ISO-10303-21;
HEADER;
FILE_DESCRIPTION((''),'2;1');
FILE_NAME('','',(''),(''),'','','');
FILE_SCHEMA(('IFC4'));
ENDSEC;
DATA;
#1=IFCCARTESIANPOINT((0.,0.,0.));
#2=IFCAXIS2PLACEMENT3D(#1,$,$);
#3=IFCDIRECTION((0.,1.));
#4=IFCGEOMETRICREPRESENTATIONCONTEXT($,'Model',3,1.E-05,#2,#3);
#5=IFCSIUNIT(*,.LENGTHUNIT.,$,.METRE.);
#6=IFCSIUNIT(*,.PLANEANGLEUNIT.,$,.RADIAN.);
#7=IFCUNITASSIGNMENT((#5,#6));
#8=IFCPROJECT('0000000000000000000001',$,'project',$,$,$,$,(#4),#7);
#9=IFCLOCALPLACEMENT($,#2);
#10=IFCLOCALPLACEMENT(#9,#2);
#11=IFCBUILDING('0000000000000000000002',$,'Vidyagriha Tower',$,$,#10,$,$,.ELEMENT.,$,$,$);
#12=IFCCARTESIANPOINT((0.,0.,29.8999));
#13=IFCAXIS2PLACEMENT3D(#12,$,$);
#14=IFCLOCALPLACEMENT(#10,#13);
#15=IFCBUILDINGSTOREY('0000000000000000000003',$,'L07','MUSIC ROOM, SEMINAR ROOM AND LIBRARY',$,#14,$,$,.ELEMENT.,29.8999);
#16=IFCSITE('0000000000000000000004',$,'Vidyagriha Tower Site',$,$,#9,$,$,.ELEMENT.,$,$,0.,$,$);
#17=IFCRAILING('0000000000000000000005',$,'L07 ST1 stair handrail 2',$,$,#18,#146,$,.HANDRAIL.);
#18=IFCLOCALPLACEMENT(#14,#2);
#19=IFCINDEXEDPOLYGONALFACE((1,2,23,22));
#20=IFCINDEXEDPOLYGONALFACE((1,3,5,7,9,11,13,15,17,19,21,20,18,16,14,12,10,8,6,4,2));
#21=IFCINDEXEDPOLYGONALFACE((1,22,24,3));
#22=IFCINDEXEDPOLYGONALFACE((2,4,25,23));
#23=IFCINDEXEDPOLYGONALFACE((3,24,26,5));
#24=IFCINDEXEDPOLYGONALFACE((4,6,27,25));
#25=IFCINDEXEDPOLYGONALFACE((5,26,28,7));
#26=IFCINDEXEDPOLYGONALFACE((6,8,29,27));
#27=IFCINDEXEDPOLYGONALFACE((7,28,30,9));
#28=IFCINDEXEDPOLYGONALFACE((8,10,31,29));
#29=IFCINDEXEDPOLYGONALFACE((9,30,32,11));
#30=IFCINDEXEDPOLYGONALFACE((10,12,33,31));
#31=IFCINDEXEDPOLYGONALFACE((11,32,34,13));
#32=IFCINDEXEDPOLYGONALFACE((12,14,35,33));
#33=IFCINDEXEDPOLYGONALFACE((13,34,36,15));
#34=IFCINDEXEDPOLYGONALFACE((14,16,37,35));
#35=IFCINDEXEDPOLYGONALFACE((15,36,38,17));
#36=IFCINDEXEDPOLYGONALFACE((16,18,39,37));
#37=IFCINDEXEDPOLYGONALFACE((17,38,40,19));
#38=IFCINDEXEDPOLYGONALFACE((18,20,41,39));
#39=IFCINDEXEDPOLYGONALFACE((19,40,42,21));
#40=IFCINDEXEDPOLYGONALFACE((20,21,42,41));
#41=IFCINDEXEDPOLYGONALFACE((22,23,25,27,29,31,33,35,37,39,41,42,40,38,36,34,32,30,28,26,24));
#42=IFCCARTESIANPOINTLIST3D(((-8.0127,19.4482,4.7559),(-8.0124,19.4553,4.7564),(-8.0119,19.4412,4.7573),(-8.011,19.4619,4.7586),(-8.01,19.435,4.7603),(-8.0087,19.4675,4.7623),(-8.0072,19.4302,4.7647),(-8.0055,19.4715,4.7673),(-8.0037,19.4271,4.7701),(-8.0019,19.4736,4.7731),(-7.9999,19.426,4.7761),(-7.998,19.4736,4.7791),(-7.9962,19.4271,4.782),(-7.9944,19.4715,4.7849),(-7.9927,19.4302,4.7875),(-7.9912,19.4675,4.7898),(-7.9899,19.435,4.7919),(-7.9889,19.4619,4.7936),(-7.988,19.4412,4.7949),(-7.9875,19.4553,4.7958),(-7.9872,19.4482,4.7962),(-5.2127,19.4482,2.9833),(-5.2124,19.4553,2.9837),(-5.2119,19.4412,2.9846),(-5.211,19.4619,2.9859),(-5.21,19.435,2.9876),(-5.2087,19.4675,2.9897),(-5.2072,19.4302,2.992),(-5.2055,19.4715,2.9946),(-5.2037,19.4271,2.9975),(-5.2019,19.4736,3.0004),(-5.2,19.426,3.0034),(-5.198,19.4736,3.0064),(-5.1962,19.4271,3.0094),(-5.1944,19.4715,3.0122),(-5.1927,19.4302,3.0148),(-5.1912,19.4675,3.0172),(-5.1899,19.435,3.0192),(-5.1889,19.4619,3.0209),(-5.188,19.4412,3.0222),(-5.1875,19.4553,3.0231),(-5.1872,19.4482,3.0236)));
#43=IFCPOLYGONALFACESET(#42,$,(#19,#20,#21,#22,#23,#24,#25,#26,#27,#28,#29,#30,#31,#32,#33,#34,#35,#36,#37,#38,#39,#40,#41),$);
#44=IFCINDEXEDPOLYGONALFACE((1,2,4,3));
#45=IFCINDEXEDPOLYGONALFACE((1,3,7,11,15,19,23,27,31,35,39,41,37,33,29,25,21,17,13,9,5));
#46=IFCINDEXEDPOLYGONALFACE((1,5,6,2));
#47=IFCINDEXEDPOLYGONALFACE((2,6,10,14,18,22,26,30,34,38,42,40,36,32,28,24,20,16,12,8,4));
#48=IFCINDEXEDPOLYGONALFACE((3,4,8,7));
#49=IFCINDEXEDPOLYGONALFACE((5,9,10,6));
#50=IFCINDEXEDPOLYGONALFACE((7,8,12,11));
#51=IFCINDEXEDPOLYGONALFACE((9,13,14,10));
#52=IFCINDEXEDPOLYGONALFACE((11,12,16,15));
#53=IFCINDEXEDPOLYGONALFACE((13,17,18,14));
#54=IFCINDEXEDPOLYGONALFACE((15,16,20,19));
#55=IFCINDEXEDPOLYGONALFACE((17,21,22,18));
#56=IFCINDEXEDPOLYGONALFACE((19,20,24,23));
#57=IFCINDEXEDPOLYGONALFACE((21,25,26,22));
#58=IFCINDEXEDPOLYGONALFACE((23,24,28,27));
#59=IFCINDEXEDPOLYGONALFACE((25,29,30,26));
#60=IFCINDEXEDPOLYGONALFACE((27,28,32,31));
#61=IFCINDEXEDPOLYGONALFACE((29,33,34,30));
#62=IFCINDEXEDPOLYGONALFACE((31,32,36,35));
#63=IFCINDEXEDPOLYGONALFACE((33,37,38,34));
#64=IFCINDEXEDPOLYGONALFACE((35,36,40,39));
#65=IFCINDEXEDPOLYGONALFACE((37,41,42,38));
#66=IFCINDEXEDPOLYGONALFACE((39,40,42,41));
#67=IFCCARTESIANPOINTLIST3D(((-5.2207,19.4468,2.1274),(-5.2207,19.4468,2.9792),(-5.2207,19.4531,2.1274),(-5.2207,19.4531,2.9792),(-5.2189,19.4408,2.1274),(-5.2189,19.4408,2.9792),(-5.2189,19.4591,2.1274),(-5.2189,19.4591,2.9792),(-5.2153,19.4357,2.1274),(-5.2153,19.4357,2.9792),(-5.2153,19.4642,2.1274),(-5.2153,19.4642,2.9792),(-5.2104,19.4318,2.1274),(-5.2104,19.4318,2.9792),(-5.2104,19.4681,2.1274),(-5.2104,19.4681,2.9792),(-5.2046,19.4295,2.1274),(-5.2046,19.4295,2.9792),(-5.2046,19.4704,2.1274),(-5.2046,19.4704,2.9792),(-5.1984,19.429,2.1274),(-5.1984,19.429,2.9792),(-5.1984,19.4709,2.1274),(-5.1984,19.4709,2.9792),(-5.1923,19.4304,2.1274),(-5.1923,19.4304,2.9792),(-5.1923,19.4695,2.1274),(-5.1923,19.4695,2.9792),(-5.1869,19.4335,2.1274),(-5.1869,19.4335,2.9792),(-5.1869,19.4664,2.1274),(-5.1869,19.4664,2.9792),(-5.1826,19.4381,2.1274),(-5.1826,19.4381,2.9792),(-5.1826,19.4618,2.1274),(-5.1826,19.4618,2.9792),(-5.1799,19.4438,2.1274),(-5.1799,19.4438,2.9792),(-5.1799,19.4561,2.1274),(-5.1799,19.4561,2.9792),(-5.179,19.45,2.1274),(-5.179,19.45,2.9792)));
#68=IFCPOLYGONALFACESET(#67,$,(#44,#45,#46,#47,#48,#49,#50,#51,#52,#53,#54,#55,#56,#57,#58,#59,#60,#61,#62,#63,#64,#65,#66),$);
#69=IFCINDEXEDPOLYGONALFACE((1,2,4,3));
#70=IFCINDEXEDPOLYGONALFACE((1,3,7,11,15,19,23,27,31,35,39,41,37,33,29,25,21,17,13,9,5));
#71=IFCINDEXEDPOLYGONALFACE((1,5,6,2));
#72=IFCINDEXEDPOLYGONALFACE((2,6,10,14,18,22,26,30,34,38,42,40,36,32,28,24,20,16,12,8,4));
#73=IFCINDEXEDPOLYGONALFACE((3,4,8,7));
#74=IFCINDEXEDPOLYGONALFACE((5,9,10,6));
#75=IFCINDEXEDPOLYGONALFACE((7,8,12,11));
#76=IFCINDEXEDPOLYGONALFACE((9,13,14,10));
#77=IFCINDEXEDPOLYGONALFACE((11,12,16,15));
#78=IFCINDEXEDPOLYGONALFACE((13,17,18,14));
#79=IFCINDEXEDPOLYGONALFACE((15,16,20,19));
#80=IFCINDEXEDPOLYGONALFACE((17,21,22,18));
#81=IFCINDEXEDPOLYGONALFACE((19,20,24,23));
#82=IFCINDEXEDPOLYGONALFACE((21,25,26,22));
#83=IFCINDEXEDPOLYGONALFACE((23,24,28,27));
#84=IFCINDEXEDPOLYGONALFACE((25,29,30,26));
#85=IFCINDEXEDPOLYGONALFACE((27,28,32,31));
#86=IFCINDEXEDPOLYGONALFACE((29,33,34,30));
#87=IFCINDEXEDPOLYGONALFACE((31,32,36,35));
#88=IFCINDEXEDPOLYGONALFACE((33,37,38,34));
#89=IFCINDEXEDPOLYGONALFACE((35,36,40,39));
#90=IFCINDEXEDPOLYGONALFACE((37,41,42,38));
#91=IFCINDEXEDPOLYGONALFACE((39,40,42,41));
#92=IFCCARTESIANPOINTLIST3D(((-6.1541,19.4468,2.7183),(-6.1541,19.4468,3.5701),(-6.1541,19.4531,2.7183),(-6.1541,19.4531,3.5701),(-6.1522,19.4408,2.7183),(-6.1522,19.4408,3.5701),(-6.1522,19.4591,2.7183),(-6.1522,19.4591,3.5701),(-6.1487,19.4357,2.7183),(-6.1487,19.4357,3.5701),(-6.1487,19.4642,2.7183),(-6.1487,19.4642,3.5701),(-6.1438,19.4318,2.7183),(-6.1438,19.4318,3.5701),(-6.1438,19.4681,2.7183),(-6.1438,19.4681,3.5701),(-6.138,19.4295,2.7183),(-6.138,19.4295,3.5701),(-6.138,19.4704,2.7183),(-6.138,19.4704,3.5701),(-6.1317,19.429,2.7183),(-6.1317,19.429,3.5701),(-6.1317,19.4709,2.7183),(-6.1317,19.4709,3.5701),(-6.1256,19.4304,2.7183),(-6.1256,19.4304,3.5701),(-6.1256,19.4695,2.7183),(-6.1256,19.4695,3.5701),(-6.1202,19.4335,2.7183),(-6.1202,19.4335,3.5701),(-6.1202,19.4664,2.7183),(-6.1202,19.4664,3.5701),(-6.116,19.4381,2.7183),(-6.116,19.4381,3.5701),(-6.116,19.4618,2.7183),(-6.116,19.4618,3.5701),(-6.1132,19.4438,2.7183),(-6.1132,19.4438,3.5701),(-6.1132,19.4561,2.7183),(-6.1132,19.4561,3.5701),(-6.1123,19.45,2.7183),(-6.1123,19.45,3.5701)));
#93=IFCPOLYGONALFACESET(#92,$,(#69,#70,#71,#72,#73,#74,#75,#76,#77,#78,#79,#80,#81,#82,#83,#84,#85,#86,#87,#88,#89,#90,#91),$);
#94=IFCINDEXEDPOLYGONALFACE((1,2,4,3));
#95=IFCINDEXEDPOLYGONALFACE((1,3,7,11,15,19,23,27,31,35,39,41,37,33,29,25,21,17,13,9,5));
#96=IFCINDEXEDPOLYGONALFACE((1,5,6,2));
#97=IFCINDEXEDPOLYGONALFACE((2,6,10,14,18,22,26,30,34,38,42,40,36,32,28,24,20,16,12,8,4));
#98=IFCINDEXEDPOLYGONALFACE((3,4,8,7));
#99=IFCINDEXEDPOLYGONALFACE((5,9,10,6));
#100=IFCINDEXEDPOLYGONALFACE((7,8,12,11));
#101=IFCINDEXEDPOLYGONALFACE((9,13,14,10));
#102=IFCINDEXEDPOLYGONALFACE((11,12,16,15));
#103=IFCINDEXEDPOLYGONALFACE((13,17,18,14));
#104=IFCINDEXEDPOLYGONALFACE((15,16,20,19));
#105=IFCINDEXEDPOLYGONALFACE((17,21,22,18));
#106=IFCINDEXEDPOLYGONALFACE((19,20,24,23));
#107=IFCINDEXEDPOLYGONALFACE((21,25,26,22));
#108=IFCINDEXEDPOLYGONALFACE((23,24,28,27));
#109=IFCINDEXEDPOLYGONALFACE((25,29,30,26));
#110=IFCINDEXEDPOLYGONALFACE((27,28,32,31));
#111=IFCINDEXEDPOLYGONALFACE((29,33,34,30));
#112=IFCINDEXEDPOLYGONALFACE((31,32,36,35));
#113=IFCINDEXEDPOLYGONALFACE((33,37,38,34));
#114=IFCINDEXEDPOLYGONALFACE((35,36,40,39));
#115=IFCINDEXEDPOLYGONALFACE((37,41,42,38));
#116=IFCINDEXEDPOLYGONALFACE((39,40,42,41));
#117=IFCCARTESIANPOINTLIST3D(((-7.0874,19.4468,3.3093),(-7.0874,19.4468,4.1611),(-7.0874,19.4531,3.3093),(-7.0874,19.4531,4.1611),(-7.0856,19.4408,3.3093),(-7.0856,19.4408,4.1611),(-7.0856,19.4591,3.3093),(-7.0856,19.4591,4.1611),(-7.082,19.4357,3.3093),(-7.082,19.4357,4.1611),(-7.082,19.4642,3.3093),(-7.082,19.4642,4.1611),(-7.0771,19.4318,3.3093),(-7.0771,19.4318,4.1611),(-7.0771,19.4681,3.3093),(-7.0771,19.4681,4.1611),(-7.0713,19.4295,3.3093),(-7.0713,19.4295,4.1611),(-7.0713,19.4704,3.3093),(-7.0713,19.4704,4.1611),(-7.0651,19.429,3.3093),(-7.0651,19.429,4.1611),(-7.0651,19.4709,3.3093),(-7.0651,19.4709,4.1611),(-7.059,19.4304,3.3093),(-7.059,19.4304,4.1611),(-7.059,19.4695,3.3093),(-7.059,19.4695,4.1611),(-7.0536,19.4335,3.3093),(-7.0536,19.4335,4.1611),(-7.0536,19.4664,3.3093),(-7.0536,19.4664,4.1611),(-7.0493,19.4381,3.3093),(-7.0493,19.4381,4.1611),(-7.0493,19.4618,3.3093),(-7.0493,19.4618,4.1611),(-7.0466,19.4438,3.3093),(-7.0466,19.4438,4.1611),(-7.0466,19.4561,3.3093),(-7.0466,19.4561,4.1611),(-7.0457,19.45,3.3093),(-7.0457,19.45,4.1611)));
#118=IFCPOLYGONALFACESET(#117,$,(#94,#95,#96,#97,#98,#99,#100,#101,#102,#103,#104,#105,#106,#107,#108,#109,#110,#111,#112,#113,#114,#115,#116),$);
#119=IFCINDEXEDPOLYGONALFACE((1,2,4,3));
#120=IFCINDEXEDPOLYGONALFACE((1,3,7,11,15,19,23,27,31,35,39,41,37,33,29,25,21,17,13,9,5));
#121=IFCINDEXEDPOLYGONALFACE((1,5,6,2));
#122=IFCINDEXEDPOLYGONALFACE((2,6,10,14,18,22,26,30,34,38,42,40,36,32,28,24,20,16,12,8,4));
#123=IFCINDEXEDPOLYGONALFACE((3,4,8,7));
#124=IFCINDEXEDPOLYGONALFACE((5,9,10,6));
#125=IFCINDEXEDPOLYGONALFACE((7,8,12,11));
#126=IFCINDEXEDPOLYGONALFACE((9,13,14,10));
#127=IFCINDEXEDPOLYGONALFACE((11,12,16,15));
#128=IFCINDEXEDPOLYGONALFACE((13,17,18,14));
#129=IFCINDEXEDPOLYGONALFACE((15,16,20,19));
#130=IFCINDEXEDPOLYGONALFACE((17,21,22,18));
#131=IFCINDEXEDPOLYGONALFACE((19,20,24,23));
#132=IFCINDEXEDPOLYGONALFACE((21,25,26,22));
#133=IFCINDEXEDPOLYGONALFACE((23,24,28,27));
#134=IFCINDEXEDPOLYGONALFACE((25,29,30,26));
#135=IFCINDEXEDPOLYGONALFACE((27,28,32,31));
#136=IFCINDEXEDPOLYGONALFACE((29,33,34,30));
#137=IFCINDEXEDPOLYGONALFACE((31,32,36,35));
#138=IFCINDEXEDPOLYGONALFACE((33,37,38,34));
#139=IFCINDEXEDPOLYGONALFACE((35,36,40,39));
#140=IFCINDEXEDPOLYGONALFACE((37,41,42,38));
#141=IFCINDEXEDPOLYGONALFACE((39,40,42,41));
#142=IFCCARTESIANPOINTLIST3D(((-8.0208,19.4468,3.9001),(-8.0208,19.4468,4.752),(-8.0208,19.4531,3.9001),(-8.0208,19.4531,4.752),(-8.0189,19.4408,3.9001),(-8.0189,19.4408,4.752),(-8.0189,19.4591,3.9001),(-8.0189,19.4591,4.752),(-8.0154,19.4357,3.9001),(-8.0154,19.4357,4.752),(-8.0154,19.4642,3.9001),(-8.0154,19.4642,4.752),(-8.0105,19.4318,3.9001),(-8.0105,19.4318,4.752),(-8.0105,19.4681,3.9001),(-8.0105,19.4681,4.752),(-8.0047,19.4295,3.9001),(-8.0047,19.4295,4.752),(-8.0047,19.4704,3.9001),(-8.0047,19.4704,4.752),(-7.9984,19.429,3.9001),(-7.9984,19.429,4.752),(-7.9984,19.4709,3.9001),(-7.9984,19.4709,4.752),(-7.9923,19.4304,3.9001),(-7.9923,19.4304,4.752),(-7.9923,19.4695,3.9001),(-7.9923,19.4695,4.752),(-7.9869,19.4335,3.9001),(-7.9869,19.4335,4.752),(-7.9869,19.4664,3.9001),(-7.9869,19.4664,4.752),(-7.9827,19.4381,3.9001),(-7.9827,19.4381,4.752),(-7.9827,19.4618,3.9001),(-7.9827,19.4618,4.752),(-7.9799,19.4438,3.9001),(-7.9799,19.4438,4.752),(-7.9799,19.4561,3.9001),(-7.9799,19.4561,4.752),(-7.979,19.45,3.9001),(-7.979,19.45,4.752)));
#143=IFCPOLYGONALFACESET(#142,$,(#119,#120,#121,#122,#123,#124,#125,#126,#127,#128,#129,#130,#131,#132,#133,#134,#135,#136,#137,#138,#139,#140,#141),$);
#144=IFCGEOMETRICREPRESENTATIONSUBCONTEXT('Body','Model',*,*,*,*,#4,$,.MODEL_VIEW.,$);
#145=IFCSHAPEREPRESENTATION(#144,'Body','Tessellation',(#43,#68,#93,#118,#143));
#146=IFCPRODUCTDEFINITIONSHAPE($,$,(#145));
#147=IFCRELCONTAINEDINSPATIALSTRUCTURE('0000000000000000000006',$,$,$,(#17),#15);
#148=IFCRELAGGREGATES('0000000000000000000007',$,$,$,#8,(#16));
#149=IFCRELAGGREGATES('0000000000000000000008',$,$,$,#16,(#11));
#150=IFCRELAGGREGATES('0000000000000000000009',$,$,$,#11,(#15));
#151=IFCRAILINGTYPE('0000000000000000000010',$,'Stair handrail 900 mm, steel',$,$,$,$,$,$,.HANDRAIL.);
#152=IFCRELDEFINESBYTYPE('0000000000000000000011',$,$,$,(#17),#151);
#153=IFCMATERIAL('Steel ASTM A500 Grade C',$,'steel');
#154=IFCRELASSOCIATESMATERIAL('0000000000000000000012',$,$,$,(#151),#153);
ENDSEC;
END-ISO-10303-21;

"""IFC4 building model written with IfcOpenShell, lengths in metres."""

from ifc_helpers import new_model, si_unit, direction, frame, origin, origin_2d, place, context, subcontext, project, spatial, circle, extrude, material, type_object, element, save


model = new_model("IFC4")

# Units and contexts
model_context = context("Model", 3, precision=1e-05, world=origin(), true_north=direction((0.0, 1.0)))
body_context = subcontext(model_context, "Body", "Model", "MODEL_VIEW")
ifc_project = project(units=[si_unit("LENGTHUNIT", "METRE"), si_unit("PLANEANGLEUNIT", "RADIAN")], contexts=[model_context])

# Site, building, storey
site_placement = place(None, origin())
site = spatial("IfcSite", under=ifc_project, at=site_placement, Name="Vidyagriha Tower Site", CompositionType="ELEMENT", RefElevation=0.0)
building_placement = place(site_placement, origin())
building = spatial("IfcBuilding", under=site, at=building_placement, Name="Vidyagriha Tower", CompositionType="ELEMENT")
storey_placement = place(building_placement, frame((0.0, 0.0, 29.8999)))
storey = spatial("IfcBuildingStorey", under=building, at=storey_placement, Name="L07", Description="MUSIC ROOM, SEMINAR ROOM AND LIBRARY", CompositionType="ELEMENT", Elevation=29.8999)

# Railing
ifc_material_1 = material(Name="Steel ASTM A500 Grade C", Category="steel")
railing_type_1 = type_object("IfcRailingType", Name="Stair handrail 900 mm, steel", PredefinedType="HANDRAIL", material=ifc_material_1)
railing_1_placement = place(storey_placement, frame((-5.2, 19.45, 2.1274)))
element("IfcRailing", 1, at=railing_1_placement, inside=storey, type_object=railing_type_1, Name="L07 ST1 stair handrail 2", PredefinedType="HANDRAIL", context=body_context, shape_type="SweptSolid", body=[
    extrude(circle(Radius=0.0239, at=origin_2d()), frame((0.0, 0.0, 0.876), z_axis=(-0.844909, 0.0, 0.53491), x_axis=(0.0, -1.0, 0.0)), (0.0, 0.0, 1.0), 3.314),
    extrude(circle(Radius=0.021, at=origin_2d()), origin(), (0.0, 0.0, 1.0), 0.8518),
    extrude(circle(Radius=0.021, at=origin_2d()), frame((-0.9333, 0.0, 0.5908)), (0.0, 0.0, 1.0), 0.8518),
    extrude(circle(Radius=0.021, at=origin_2d()), frame((-1.8667, 0.0, 1.1819)), (0.0, 0.0, 1.0), 0.8518),
    extrude(circle(Radius=0.021, at=origin_2d()), frame((-2.8, 0.0, 1.7727)), (0.0, 0.0, 1.0), 0.8518),
])

save(model, "model.ifc")
